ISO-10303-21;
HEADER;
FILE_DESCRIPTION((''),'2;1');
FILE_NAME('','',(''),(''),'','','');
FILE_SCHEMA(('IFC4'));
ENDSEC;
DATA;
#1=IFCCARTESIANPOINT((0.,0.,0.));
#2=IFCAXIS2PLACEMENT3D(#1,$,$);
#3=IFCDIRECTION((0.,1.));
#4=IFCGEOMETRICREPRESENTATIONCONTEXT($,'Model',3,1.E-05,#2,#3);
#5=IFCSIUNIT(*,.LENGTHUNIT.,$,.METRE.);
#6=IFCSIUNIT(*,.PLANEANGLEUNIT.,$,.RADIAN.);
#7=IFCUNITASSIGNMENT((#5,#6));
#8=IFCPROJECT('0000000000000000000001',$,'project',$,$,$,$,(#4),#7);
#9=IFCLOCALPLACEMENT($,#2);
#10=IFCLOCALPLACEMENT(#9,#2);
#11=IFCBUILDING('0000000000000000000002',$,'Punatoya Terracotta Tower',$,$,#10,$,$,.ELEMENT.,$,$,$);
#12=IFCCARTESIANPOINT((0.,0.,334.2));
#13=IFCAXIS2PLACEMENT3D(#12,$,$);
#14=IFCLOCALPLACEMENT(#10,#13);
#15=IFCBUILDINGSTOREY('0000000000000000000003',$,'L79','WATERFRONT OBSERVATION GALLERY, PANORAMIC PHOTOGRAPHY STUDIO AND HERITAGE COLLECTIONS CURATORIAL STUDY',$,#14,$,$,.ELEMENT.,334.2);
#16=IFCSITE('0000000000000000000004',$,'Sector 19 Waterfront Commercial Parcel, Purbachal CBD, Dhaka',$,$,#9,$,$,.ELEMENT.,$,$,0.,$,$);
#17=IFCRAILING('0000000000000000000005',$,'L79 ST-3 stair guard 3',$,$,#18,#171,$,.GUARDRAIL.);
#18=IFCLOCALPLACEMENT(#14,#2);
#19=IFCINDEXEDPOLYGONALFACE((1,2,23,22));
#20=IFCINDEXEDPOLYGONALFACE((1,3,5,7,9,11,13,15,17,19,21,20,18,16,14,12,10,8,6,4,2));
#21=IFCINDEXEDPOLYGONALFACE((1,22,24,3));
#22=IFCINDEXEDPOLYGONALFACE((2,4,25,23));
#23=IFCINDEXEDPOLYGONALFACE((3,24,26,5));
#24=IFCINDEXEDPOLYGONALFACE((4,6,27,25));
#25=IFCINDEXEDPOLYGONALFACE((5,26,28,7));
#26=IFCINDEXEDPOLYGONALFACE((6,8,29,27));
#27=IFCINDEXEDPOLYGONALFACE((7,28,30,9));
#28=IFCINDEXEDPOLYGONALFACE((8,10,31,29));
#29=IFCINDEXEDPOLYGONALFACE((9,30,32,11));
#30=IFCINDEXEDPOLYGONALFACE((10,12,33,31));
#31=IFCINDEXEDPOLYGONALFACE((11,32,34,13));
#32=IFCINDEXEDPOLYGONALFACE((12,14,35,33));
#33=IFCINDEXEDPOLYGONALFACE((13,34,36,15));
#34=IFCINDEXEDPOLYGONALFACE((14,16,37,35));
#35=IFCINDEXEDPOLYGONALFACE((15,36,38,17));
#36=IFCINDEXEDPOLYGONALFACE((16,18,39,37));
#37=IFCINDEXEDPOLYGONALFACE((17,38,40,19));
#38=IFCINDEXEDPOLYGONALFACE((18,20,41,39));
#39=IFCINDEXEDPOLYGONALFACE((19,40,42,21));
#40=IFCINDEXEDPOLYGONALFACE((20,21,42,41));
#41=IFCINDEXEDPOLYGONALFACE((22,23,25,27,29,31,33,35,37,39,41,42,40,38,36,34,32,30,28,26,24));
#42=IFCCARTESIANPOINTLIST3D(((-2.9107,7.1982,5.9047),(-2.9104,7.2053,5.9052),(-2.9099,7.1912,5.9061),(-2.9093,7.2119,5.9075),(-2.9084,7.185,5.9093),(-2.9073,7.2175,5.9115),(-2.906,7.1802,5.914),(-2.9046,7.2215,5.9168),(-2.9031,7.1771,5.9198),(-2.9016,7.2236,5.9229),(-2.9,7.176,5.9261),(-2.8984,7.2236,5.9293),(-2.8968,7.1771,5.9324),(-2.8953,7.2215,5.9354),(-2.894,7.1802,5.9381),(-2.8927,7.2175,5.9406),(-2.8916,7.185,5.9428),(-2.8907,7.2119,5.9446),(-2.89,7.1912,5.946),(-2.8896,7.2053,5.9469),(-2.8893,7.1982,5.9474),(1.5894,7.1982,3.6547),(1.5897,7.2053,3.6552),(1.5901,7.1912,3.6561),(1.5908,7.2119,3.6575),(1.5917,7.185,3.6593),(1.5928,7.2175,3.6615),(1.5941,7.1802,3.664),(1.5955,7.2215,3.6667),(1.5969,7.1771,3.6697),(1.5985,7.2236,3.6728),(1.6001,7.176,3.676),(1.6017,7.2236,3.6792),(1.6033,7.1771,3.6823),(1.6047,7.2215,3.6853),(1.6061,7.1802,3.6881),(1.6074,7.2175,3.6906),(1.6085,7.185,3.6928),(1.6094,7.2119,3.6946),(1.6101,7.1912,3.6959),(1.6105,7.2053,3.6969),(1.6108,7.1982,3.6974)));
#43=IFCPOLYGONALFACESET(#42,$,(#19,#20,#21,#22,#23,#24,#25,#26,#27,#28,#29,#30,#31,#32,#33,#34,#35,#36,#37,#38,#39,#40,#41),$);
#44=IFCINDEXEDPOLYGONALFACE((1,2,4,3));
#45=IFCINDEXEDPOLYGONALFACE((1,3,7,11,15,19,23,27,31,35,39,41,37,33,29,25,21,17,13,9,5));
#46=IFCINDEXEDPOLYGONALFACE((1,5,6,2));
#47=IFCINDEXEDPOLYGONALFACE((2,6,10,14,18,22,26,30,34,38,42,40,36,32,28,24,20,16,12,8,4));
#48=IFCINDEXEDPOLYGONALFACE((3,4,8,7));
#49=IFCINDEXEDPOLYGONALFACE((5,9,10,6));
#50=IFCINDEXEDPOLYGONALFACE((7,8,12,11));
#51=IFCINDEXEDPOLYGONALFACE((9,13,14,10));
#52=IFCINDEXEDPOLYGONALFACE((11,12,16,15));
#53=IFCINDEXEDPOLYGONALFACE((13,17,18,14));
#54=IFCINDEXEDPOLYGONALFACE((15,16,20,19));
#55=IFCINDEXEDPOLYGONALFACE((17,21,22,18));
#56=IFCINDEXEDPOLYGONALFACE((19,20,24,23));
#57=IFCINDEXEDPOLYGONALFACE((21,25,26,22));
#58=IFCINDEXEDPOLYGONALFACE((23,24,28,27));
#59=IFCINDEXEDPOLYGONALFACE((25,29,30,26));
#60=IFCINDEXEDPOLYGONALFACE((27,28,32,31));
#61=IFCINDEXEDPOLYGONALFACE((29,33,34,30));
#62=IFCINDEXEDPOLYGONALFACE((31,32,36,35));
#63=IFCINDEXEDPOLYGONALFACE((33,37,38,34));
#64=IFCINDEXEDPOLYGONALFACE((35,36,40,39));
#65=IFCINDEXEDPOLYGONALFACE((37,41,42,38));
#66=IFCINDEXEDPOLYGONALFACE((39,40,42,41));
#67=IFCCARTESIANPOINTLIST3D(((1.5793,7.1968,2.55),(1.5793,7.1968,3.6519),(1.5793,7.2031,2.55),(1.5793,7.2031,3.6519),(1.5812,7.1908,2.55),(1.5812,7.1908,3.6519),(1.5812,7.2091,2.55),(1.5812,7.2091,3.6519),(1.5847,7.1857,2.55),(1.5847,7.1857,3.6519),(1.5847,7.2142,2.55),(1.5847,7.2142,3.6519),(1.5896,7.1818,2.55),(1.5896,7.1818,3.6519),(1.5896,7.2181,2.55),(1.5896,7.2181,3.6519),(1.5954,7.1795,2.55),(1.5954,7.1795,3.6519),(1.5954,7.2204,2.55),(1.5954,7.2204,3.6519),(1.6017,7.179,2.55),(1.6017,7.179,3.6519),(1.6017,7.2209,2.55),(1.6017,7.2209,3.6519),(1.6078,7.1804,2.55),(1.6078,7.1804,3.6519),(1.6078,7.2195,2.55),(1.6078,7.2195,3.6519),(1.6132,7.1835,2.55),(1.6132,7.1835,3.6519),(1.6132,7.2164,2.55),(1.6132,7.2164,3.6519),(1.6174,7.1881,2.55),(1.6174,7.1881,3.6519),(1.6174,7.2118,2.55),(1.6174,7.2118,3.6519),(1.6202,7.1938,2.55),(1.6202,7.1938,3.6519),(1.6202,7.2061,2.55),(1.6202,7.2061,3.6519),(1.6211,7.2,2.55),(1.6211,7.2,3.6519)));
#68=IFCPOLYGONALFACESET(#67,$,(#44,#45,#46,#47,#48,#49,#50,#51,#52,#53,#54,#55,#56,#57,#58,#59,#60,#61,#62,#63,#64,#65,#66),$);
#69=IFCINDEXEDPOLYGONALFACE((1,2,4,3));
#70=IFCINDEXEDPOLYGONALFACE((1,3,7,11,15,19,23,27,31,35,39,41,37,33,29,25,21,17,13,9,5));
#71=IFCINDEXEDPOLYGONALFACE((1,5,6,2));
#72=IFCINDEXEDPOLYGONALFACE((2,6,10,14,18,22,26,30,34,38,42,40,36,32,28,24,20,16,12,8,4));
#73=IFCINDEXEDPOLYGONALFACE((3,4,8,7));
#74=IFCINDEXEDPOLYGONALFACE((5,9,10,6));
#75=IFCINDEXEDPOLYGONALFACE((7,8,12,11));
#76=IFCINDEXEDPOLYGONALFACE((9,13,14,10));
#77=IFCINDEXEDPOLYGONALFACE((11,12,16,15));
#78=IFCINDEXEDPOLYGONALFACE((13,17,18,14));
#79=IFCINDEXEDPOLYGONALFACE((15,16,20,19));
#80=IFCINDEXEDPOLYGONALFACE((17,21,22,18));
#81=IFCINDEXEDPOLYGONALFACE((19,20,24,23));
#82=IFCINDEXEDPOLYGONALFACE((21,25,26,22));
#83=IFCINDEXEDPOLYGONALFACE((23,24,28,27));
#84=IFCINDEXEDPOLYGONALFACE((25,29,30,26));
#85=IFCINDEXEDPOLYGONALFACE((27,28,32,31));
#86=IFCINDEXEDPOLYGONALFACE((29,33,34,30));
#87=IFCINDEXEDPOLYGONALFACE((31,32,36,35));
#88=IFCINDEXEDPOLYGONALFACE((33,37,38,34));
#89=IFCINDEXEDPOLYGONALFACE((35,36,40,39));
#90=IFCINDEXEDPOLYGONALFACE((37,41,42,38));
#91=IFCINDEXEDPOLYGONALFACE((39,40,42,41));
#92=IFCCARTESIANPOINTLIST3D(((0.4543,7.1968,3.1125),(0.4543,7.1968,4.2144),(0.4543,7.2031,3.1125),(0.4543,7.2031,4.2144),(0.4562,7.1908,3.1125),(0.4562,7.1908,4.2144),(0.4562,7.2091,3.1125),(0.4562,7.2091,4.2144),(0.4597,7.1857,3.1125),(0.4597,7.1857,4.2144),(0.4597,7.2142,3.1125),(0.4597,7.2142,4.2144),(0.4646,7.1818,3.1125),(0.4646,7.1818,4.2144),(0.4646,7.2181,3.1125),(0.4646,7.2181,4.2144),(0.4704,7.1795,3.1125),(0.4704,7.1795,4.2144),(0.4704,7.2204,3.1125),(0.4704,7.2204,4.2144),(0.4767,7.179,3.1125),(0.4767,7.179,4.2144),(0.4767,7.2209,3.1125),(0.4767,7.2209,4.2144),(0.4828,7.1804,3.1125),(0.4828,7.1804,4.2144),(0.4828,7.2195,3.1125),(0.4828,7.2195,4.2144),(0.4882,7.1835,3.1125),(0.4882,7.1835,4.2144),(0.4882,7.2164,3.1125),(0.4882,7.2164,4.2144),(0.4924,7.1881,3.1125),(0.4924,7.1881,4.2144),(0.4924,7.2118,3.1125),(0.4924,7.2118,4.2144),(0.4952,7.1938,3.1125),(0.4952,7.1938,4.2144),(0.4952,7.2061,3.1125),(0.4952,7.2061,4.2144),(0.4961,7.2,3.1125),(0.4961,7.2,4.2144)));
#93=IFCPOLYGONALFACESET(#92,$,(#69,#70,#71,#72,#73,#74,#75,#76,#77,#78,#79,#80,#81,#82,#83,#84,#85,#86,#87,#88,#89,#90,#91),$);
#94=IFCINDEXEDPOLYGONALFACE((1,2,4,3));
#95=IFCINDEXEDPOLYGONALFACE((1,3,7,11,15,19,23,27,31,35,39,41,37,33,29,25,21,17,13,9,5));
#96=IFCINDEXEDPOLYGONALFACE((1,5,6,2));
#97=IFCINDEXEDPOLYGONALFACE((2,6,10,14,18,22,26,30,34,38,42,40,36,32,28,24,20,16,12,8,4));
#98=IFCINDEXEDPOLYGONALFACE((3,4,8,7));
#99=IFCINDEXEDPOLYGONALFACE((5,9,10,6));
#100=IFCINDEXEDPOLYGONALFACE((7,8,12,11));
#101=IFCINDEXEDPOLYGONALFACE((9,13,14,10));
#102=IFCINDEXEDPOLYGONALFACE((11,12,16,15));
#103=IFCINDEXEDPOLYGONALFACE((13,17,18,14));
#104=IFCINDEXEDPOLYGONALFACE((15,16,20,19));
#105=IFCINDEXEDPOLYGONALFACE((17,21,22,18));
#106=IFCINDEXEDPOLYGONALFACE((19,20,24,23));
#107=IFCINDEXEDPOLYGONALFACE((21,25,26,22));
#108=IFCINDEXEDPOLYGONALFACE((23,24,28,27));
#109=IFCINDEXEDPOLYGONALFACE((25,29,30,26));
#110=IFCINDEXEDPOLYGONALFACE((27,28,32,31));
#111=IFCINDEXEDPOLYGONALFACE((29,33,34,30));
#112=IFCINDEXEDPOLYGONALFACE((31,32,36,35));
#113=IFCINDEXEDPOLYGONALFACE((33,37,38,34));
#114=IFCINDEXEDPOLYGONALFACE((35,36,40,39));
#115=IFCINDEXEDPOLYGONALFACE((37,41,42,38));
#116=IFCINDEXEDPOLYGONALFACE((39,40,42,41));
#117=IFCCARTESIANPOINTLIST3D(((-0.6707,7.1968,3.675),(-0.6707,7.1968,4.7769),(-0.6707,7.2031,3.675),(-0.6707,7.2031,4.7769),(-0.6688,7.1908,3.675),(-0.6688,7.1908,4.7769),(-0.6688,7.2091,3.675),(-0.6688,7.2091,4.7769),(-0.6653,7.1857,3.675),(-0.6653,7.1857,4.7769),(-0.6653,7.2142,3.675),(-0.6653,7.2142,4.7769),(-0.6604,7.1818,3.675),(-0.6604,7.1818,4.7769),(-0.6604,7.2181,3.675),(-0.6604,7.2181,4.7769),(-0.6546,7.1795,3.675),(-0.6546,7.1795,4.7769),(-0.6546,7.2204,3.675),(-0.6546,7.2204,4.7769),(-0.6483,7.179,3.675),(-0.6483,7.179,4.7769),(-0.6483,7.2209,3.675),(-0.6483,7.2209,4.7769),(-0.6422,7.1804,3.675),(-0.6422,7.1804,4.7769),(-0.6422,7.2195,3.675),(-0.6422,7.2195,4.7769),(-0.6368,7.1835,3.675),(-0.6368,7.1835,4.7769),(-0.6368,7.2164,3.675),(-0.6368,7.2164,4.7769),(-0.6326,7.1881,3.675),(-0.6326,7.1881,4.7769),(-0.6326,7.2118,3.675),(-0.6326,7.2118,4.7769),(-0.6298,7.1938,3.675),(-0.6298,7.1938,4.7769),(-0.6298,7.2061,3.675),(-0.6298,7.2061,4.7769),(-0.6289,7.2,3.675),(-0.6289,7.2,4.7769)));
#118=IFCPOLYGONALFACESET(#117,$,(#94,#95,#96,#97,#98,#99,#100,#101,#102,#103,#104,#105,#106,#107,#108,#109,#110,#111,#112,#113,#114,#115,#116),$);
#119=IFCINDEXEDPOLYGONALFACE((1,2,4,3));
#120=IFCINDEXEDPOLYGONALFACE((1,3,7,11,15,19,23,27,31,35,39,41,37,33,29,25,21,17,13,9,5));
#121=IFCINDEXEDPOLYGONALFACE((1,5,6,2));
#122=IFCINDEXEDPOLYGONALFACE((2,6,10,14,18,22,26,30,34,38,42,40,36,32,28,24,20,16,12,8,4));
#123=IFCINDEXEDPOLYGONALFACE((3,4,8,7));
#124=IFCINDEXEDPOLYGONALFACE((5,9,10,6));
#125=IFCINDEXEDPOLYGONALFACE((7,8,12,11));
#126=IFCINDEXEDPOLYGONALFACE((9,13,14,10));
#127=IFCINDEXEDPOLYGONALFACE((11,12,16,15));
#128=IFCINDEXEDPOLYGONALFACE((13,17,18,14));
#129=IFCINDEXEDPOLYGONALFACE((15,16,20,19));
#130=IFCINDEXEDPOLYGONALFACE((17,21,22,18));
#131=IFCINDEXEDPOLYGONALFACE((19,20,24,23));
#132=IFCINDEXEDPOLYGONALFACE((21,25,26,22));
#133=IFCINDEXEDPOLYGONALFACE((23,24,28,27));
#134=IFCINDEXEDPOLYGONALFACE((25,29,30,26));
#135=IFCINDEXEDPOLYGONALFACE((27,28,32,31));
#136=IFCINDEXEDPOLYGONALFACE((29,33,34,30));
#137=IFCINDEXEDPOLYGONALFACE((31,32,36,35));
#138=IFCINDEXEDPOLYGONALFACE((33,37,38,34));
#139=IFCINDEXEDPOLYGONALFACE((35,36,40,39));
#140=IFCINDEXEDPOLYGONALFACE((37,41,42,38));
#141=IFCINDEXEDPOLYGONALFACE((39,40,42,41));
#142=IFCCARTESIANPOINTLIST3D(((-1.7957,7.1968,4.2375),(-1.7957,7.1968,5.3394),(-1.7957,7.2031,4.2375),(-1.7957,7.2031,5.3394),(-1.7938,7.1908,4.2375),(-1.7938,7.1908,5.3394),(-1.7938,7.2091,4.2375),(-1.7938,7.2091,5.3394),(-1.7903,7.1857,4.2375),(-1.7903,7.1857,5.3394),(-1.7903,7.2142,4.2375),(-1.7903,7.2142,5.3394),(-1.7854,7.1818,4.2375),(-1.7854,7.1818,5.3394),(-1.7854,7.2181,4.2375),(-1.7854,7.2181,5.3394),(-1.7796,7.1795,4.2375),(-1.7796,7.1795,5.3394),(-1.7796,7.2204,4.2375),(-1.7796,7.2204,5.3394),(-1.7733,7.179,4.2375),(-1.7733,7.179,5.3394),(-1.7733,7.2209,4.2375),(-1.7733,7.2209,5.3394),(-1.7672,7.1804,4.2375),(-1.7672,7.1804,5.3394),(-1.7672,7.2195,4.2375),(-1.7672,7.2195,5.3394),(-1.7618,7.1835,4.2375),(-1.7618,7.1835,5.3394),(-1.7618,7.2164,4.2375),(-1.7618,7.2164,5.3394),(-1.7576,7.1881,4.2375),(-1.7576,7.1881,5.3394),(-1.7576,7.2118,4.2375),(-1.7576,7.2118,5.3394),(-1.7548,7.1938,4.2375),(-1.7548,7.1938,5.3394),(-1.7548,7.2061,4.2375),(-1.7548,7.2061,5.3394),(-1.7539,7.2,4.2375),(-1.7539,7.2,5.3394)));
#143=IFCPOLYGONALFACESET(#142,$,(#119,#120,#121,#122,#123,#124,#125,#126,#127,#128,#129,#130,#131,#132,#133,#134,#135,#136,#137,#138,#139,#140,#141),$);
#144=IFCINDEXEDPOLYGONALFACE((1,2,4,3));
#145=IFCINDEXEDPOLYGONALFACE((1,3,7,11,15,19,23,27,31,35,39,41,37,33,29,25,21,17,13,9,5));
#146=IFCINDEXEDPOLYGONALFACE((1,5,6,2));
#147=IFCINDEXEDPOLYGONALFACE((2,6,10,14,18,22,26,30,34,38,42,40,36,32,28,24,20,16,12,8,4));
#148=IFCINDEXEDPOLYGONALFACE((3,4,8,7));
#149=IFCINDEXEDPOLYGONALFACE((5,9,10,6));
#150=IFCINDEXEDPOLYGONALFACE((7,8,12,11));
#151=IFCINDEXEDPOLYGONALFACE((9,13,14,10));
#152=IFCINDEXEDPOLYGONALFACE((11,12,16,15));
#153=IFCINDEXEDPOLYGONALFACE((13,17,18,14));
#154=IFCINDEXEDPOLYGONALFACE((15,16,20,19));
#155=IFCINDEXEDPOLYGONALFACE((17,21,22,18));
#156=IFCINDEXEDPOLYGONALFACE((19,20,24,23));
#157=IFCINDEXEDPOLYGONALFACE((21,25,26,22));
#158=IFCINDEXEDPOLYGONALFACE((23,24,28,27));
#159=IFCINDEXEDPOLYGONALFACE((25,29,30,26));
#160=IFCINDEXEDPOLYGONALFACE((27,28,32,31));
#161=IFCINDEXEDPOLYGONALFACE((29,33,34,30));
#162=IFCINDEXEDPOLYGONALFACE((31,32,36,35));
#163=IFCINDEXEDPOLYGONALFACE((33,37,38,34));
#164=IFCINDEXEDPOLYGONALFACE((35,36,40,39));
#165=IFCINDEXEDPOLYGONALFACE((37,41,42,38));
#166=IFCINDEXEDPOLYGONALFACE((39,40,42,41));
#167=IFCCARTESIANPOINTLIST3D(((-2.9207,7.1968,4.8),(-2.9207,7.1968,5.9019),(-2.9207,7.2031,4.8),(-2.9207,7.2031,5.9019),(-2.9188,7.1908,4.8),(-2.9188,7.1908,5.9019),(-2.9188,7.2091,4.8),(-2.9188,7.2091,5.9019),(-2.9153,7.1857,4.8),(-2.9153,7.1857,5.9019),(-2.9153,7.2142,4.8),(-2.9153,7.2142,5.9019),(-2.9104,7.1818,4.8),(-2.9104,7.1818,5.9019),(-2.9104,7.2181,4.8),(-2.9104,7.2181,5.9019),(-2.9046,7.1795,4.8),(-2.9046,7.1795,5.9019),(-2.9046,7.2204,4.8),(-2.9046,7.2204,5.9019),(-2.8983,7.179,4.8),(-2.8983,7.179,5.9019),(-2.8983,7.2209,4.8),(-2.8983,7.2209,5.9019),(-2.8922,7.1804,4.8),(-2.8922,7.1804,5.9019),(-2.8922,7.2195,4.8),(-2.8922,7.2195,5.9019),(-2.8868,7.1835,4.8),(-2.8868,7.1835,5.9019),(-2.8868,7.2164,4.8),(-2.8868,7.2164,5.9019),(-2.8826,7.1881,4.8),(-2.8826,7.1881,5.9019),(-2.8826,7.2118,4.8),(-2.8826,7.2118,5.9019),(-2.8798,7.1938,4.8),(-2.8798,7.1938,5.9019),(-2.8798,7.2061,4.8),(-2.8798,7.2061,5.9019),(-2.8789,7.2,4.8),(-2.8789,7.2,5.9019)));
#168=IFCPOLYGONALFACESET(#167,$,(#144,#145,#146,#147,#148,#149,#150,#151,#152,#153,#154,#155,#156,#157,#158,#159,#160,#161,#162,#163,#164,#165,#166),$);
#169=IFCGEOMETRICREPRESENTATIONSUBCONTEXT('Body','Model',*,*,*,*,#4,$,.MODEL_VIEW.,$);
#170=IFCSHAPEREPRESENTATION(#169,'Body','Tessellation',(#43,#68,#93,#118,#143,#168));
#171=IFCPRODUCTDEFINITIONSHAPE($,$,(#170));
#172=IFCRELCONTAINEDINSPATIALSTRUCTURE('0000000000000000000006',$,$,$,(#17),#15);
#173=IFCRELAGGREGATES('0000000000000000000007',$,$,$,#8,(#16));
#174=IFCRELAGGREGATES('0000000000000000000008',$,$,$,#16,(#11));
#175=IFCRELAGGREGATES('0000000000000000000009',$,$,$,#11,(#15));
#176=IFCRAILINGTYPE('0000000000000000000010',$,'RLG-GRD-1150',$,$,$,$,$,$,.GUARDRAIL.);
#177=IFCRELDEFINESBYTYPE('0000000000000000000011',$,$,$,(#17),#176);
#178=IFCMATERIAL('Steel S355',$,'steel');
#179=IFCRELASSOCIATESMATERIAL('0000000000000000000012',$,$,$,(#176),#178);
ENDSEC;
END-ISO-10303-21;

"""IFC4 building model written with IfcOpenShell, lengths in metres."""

from ifc_helpers import new_model, si_unit, direction, frame, origin, origin_2d, place, context, subcontext, project, spatial, circle, extrude, material, type_object, element, save


model = new_model("IFC4")

# Units and contexts
model_context = context("Model", 3, precision=1e-05, world=origin(), true_north=direction((0.0, 1.0)))
body_context = subcontext(model_context, "Body", "Model", "MODEL_VIEW")
ifc_project = project(units=[si_unit("LENGTHUNIT", "METRE"), si_unit("PLANEANGLEUNIT", "RADIAN")], contexts=[model_context])

# Site, building, storey
site_placement = place(None, origin())
site = spatial("IfcSite", under=ifc_project, at=site_placement, Name="Sector 19 Waterfront Commercial Parcel, Purbachal CBD, Dhaka", CompositionType="ELEMENT", RefElevation=0.0)
building_placement = place(site_placement, origin())
building = spatial("IfcBuilding", under=site, at=building_placement, Name="Punatoya Terracotta Tower", CompositionType="ELEMENT")
storey_placement = place(building_placement, frame((0.0, 0.0, 334.2)))
storey = spatial("IfcBuildingStorey", under=building, at=storey_placement, Name="L79", Description="WATERFRONT OBSERVATION GALLERY, PANORAMIC PHOTOGRAPHY STUDIO AND HERITAGE COLLECTIONS CURATORIAL STUDY", CompositionType="ELEMENT", Elevation=334.2)

# Shared definitions
ifc_material_1 = material(Name="Steel S355", Category="steel")

# Railing
railing_type_1 = type_object("IfcRailingType", Name="RLG-GRD-1150", PredefinedType="GUARDRAIL", material=ifc_material_1)
railing_1_placement = place(storey_placement, frame((1.6001, 7.2, 2.55)))
element("IfcRailing", 1, at=railing_1_placement, inside=storey, type_object=railing_type_1, Name="L79 ST-3 stair guard 3", PredefinedType="GUARDRAIL", context=body_context, shape_type="SweptSolid", body=[
    extrude(circle(Radius=0.0239, at=origin_2d()), frame((0.0, 0.0, 1.126), z_axis=(-0.894427, 0.0, 0.447214), x_axis=(0.0, -1.0, 0.0)), (0.0, 0.0, 1.0), 5.0312),
    extrude(circle(Radius=0.021, at=origin_2d()), origin(), (0.0, 0.0, 1.0), 1.1018),
    extrude(circle(Radius=0.021, at=origin_2d()), frame((-1.125, 0.0, 0.5625)), (0.0, 0.0, 1.0), 1.1018),
    extrude(circle(Radius=0.021, at=origin_2d()), frame((-2.25, 0.0, 1.125)), (0.0, 0.0, 1.0), 1.1018),
    extrude(circle(Radius=0.021, at=origin_2d()), frame((-3.375, 0.0, 1.6875)), (0.0, 0.0, 1.0), 1.1018),
    extrude(circle(Radius=0.021, at=origin_2d()), frame((-4.5, 0.0, 2.25)), (0.0, 0.0, 1.0), 1.1018),
])

save(model, "model.ifc")
